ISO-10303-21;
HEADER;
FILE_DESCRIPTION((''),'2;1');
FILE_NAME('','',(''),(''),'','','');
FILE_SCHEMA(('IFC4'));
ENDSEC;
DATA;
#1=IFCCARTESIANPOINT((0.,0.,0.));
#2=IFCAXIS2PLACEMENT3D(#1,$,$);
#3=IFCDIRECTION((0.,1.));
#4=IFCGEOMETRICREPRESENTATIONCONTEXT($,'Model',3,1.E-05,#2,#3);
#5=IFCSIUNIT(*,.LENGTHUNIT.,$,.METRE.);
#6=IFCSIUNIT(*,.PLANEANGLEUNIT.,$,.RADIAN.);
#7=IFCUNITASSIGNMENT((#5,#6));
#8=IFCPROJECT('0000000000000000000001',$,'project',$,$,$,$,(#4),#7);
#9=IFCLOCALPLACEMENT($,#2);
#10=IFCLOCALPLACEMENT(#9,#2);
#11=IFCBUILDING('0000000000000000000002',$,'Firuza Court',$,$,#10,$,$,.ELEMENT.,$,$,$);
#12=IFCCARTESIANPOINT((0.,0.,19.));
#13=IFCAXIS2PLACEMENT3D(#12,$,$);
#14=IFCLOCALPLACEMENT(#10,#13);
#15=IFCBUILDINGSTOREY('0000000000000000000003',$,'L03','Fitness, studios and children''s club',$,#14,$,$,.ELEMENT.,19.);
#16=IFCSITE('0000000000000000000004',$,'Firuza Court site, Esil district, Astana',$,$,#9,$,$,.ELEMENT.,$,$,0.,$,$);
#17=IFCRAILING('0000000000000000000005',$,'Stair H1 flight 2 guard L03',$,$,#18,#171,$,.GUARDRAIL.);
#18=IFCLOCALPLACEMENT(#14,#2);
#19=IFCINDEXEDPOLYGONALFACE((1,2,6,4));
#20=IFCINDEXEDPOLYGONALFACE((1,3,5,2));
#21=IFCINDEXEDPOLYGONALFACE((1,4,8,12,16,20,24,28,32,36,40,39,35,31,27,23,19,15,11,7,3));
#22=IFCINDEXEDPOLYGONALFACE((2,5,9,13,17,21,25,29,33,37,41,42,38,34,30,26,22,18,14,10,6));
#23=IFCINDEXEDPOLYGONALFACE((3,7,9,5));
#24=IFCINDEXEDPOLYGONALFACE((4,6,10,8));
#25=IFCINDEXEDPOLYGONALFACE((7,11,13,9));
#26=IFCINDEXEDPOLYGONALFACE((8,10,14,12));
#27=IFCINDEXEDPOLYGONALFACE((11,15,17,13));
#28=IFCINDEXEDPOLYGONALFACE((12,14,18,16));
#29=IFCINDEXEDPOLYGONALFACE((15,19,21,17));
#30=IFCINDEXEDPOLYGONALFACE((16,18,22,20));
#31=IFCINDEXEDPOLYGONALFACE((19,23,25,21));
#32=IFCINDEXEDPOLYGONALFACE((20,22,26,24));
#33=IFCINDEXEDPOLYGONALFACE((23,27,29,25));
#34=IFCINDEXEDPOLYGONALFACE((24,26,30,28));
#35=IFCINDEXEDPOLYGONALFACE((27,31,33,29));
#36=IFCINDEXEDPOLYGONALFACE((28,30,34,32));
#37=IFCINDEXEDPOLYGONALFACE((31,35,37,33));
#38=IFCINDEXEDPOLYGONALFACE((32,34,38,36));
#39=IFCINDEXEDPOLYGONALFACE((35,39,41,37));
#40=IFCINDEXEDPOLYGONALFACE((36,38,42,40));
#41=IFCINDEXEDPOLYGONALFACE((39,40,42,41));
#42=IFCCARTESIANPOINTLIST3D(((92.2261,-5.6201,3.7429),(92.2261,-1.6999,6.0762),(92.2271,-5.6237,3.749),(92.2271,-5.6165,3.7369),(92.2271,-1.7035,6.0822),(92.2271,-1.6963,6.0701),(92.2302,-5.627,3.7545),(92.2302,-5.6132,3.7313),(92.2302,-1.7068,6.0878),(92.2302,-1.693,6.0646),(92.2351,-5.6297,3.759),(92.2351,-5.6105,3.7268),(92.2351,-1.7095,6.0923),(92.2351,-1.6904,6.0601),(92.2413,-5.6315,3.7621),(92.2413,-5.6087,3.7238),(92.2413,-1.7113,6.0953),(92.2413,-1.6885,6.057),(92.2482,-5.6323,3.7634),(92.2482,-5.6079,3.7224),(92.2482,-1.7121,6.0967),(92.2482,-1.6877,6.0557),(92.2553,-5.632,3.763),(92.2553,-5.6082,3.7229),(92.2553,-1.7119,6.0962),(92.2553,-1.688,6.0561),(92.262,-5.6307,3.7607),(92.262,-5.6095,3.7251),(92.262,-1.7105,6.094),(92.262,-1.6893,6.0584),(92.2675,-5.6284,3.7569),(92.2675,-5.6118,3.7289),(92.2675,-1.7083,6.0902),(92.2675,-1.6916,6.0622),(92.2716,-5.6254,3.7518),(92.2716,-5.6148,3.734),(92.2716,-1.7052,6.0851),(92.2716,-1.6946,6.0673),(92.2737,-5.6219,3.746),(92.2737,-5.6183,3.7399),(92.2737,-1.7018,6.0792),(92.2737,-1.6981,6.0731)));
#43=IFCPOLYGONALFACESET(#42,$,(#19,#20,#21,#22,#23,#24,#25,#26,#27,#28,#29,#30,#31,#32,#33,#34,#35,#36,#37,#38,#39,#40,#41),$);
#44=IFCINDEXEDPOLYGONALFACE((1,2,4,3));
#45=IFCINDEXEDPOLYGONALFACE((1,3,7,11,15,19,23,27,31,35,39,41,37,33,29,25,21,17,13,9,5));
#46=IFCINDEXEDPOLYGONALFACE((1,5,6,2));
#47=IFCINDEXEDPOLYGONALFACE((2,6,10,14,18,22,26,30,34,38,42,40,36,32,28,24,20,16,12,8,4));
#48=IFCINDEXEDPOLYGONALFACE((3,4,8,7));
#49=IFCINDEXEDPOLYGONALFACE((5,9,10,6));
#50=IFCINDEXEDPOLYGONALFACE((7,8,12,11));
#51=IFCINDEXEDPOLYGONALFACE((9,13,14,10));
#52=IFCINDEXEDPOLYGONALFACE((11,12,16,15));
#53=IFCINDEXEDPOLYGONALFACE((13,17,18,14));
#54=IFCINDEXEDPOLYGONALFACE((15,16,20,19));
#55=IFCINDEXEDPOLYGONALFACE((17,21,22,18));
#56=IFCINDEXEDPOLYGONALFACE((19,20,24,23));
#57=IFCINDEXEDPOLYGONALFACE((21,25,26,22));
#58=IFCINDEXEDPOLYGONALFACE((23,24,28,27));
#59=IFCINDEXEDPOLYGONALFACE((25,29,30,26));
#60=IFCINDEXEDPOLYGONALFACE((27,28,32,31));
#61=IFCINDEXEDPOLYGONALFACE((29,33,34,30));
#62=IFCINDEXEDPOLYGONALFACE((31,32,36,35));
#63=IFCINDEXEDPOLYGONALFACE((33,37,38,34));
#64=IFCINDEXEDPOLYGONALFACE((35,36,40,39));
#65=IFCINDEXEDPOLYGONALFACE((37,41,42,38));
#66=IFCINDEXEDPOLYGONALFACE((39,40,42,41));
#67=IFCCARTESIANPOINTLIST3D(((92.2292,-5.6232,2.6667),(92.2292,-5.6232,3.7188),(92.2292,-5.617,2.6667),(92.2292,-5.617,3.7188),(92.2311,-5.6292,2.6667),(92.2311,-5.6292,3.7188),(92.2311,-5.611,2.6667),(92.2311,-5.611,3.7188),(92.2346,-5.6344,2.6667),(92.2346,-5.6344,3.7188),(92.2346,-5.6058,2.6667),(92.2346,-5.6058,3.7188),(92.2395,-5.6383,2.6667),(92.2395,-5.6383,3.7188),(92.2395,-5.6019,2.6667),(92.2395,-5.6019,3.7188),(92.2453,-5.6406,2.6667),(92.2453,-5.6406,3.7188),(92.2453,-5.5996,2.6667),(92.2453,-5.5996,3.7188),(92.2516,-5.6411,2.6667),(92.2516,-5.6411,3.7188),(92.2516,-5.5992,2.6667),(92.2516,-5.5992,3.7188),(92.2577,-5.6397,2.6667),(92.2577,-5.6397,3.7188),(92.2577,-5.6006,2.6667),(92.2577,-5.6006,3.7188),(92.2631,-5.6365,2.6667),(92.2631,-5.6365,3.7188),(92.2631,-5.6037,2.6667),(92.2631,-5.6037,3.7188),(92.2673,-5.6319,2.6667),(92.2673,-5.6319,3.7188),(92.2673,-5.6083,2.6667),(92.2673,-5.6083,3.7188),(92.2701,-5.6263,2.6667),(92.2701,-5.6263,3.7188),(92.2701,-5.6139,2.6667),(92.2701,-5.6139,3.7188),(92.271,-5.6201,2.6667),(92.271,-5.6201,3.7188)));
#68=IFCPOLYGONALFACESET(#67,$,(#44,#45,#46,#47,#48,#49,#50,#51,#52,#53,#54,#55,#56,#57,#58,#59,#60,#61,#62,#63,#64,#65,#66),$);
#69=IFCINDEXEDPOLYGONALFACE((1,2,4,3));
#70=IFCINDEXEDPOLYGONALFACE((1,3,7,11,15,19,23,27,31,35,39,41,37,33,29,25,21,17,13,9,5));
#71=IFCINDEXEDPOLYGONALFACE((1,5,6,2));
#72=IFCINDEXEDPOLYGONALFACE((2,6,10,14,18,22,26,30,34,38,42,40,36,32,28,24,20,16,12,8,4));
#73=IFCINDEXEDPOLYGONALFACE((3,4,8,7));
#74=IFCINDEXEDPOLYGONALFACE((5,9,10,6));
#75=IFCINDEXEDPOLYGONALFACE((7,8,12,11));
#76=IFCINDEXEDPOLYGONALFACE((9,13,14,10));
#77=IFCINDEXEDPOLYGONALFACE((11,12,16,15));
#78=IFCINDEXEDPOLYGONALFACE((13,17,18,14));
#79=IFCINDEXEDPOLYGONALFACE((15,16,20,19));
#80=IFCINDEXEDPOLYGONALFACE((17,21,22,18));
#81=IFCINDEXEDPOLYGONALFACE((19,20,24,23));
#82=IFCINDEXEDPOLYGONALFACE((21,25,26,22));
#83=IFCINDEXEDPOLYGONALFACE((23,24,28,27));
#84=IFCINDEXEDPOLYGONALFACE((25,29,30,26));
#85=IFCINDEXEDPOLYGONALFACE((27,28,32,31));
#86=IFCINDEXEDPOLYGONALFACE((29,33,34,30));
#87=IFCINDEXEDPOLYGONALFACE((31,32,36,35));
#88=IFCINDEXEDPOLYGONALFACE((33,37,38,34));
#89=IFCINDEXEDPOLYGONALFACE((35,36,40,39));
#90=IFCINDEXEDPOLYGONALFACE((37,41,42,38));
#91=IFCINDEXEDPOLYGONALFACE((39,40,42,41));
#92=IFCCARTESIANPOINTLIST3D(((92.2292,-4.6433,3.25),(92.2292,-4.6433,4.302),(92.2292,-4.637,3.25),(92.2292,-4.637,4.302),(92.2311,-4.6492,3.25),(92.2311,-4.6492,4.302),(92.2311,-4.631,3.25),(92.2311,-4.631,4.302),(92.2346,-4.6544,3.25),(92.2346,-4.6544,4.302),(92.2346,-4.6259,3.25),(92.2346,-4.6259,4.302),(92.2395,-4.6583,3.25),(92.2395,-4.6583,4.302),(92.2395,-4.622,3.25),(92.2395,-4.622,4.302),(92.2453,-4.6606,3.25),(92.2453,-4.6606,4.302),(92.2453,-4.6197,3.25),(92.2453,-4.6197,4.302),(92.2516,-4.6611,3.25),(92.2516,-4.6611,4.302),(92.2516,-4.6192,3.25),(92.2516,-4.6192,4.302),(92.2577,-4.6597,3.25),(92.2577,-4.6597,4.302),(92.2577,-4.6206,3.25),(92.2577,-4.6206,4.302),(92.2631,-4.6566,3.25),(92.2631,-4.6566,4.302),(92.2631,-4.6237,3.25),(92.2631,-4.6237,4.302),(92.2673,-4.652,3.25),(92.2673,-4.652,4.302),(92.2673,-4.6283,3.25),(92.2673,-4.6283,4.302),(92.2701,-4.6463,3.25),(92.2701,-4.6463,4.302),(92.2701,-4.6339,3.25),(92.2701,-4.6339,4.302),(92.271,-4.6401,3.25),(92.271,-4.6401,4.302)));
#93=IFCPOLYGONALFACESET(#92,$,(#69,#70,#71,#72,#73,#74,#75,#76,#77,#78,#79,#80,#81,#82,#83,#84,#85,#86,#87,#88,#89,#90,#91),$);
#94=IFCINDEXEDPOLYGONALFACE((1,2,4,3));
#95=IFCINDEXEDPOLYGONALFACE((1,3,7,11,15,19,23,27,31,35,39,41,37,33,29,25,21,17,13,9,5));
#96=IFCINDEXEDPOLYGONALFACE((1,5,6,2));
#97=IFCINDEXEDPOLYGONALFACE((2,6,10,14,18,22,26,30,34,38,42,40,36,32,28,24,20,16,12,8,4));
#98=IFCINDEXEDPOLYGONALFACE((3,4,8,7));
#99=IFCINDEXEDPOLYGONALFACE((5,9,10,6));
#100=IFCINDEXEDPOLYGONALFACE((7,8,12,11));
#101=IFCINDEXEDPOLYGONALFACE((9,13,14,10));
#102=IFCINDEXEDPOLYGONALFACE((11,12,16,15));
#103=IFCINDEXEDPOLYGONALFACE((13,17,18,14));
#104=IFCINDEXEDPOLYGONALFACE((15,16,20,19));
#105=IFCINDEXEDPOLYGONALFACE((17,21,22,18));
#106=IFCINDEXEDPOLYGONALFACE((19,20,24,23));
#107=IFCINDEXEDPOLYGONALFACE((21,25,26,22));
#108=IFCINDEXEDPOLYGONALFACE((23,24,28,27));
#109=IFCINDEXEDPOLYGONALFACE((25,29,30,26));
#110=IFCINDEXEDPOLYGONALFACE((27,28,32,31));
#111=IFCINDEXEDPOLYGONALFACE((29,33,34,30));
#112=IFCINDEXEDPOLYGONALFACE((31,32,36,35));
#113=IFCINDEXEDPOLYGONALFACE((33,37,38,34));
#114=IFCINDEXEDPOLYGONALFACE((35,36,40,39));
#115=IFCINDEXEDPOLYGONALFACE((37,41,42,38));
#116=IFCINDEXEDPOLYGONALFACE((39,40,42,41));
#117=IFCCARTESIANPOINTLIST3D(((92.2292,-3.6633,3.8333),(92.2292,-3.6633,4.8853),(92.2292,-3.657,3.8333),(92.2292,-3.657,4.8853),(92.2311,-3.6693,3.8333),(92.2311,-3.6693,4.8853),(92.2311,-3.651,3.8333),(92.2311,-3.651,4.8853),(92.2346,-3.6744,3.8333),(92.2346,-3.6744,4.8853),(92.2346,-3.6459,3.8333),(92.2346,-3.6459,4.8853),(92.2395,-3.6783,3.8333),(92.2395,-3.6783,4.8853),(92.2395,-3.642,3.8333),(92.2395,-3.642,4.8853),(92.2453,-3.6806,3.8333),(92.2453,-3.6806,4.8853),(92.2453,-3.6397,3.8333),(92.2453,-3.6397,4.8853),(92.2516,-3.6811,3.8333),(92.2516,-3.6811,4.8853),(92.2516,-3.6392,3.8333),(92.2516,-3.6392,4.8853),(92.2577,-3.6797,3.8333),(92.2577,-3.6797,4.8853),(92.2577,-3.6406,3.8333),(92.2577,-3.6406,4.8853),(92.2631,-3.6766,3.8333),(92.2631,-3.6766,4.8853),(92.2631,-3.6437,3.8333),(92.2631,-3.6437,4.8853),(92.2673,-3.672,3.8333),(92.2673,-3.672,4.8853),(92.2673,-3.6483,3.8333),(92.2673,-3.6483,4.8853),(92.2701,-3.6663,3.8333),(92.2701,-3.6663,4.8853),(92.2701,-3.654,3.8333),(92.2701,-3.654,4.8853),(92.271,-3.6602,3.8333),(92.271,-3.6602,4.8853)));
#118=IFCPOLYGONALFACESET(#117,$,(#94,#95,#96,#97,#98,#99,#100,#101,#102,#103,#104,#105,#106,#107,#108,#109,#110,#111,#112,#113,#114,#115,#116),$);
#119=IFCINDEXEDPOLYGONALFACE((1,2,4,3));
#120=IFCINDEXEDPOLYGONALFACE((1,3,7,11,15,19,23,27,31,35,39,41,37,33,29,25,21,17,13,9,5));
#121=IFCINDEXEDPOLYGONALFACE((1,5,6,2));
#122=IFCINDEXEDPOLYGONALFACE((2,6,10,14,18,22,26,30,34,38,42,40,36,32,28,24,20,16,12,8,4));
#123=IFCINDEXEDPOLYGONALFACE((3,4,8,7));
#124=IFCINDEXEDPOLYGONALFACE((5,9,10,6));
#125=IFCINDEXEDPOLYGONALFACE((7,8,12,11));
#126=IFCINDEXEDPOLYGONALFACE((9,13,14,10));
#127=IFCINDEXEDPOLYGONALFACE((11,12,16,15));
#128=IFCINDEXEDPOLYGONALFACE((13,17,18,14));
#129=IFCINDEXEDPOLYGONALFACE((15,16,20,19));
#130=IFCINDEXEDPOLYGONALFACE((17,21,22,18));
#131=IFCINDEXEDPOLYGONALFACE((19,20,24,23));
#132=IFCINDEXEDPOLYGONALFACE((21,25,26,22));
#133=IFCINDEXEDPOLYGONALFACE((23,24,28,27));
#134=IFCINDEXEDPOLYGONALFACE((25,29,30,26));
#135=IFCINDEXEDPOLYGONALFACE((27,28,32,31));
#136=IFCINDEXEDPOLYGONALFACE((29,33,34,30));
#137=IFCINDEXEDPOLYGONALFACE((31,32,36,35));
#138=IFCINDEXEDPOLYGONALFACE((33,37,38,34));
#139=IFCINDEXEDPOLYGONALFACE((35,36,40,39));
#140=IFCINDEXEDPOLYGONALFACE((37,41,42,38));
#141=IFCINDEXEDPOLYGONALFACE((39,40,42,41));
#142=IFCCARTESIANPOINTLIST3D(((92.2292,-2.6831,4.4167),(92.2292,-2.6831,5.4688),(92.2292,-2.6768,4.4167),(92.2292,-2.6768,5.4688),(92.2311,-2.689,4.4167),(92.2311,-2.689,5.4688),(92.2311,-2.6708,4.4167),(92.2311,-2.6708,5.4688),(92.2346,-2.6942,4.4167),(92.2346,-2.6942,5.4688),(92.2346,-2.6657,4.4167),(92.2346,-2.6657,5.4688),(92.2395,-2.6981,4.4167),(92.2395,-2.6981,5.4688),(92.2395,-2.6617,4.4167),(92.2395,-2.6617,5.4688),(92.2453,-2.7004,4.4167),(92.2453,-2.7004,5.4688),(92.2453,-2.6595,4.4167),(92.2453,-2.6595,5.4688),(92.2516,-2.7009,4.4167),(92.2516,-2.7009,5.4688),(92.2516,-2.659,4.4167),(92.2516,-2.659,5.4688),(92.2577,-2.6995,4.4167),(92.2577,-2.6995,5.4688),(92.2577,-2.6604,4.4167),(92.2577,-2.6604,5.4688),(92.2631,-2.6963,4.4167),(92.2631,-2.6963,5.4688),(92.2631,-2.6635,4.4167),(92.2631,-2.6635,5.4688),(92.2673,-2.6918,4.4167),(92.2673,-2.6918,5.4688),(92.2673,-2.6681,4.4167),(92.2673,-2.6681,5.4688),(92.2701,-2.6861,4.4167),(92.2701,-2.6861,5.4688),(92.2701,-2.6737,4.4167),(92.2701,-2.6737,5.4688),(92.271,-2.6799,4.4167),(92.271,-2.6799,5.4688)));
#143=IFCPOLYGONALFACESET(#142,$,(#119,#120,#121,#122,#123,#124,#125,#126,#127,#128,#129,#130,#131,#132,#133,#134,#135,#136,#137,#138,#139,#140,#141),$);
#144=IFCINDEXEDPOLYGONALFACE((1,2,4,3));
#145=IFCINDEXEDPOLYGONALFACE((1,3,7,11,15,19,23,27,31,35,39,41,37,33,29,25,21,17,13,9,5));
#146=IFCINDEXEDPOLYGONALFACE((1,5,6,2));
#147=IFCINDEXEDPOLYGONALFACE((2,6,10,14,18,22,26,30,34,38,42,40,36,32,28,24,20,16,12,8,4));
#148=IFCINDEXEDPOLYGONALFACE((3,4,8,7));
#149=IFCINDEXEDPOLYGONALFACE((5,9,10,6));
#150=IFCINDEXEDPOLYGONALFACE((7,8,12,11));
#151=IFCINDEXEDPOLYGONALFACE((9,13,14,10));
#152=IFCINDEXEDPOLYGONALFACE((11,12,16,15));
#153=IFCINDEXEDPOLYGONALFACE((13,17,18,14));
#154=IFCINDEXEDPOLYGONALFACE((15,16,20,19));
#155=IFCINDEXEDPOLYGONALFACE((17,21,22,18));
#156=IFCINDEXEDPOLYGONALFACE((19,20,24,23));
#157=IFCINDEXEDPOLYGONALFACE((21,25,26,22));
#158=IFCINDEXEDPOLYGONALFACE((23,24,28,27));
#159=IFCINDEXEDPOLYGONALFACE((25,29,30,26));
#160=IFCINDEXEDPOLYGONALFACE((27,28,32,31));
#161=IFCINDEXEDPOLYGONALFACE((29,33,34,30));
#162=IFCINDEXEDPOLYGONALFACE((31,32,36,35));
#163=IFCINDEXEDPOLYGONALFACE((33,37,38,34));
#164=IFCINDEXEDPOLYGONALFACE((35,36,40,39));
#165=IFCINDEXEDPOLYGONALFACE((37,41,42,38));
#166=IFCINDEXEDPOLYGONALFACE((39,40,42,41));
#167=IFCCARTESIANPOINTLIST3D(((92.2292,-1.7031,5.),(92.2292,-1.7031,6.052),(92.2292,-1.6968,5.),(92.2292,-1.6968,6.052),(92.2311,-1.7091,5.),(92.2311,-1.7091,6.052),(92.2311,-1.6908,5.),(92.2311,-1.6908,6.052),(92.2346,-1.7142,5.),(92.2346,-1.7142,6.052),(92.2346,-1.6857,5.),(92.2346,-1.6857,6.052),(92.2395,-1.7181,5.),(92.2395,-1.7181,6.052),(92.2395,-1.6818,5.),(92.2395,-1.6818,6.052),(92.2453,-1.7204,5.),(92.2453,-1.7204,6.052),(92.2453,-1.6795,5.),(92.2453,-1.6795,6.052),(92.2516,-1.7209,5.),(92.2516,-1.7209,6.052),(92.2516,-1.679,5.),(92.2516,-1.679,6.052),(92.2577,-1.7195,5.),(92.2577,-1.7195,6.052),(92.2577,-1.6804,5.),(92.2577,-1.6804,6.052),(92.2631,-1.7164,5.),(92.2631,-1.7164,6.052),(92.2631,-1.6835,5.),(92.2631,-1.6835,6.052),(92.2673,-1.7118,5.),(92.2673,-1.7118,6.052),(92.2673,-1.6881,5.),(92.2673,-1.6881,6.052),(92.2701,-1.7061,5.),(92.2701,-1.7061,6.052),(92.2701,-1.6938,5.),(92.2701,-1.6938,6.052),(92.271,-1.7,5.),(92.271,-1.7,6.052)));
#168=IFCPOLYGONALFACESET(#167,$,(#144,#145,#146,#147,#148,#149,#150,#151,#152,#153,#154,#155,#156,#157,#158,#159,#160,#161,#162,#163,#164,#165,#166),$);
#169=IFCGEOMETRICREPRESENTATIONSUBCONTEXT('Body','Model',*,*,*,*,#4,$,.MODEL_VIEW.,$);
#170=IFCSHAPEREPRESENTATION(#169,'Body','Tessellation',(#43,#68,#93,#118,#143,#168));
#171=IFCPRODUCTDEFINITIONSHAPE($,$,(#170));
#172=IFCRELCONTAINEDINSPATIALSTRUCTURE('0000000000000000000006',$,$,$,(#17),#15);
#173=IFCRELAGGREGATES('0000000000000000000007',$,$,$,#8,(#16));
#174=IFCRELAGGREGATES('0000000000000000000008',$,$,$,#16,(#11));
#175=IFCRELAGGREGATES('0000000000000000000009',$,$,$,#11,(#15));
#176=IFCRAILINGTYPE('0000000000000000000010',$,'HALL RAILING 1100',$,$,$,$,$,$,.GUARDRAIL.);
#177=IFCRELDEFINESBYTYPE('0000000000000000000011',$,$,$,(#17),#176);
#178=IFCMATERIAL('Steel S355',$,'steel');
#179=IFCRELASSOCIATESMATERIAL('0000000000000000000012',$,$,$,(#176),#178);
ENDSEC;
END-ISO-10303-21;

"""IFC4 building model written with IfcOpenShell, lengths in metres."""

from ifc_helpers import new_model, si_unit, direction, frame, origin, origin_2d, place, context, subcontext, project, spatial, circle, extrude, material, type_object, element, save


model = new_model("IFC4")

# Units and contexts
model_context = context("Model", 3, precision=1e-05, world=origin(), true_north=direction((0.0, 1.0)))
body_context = subcontext(model_context, "Body", "Model", "MODEL_VIEW")
ifc_project = project(units=[si_unit("LENGTHUNIT", "METRE"), si_unit("PLANEANGLEUNIT", "RADIAN")], contexts=[model_context])

# Site, building, storey
site_placement = place(None, origin())
site = spatial("IfcSite", under=ifc_project, at=site_placement, Name="Firuza Court site, Esil district, Astana", CompositionType="ELEMENT", RefElevation=0.0)
building_placement = place(site_placement, origin())
building = spatial("IfcBuilding", under=site, at=building_placement, Name="Firuza Court", CompositionType="ELEMENT")
storey_placement = place(building_placement, frame((0.0, 0.0, 19.0)))
storey = spatial("IfcBuildingStorey", under=building, at=storey_placement, Name="L03", Description="Fitness, studios and children's club", CompositionType="ELEMENT", Elevation=19.0)

# Railing
ifc_material_1 = material(Name="Steel S355", Category="steel")
railing_type_1 = type_object("IfcRailingType", Name="HALL RAILING 1100", PredefinedType="GUARDRAIL", material=ifc_material_1)
railing_1_placement = place(storey_placement, frame((92.25, -5.6201, 2.6667)))
element("IfcRailing", 1, at=railing_1_placement, inside=storey, type_object=railing_type_1, Name="Stair H1 flight 2 guard L03", PredefinedType="GUARDRAIL", context=body_context, shape_type="SweptSolid", body=[
    extrude(circle(Radius=0.0239, at=origin_2d()), frame((0.0, 0.0, 1.0762), z_axis=(0.0, 0.85931, 0.511455), x_axis=(-1.0, 0.0, 0.0)), (0.0, 0.0, 1.0), 4.562),
    extrude(circle(Radius=0.021, at=origin_2d()), origin(), (0.0, 0.0, 1.0), 1.052),
    extrude(circle(Radius=0.021, at=origin_2d()), frame((0.0, 0.98, 0.5833)), (0.0, 0.0, 1.0), 1.052),
    extrude(circle(Radius=0.021, at=origin_2d()), frame((0.0, 1.96, 1.1665)), (0.0, 0.0, 1.0), 1.052),
    extrude(circle(Radius=0.021, at=origin_2d()), frame((0.0, 2.9402, 1.75)), (0.0, 0.0, 1.0), 1.052),
    extrude(circle(Radius=0.021, at=origin_2d()), frame((0.0, 3.9202, 2.3333)), (0.0, 0.0, 1.0), 1.052),
])

save(model, "model.ifc")
